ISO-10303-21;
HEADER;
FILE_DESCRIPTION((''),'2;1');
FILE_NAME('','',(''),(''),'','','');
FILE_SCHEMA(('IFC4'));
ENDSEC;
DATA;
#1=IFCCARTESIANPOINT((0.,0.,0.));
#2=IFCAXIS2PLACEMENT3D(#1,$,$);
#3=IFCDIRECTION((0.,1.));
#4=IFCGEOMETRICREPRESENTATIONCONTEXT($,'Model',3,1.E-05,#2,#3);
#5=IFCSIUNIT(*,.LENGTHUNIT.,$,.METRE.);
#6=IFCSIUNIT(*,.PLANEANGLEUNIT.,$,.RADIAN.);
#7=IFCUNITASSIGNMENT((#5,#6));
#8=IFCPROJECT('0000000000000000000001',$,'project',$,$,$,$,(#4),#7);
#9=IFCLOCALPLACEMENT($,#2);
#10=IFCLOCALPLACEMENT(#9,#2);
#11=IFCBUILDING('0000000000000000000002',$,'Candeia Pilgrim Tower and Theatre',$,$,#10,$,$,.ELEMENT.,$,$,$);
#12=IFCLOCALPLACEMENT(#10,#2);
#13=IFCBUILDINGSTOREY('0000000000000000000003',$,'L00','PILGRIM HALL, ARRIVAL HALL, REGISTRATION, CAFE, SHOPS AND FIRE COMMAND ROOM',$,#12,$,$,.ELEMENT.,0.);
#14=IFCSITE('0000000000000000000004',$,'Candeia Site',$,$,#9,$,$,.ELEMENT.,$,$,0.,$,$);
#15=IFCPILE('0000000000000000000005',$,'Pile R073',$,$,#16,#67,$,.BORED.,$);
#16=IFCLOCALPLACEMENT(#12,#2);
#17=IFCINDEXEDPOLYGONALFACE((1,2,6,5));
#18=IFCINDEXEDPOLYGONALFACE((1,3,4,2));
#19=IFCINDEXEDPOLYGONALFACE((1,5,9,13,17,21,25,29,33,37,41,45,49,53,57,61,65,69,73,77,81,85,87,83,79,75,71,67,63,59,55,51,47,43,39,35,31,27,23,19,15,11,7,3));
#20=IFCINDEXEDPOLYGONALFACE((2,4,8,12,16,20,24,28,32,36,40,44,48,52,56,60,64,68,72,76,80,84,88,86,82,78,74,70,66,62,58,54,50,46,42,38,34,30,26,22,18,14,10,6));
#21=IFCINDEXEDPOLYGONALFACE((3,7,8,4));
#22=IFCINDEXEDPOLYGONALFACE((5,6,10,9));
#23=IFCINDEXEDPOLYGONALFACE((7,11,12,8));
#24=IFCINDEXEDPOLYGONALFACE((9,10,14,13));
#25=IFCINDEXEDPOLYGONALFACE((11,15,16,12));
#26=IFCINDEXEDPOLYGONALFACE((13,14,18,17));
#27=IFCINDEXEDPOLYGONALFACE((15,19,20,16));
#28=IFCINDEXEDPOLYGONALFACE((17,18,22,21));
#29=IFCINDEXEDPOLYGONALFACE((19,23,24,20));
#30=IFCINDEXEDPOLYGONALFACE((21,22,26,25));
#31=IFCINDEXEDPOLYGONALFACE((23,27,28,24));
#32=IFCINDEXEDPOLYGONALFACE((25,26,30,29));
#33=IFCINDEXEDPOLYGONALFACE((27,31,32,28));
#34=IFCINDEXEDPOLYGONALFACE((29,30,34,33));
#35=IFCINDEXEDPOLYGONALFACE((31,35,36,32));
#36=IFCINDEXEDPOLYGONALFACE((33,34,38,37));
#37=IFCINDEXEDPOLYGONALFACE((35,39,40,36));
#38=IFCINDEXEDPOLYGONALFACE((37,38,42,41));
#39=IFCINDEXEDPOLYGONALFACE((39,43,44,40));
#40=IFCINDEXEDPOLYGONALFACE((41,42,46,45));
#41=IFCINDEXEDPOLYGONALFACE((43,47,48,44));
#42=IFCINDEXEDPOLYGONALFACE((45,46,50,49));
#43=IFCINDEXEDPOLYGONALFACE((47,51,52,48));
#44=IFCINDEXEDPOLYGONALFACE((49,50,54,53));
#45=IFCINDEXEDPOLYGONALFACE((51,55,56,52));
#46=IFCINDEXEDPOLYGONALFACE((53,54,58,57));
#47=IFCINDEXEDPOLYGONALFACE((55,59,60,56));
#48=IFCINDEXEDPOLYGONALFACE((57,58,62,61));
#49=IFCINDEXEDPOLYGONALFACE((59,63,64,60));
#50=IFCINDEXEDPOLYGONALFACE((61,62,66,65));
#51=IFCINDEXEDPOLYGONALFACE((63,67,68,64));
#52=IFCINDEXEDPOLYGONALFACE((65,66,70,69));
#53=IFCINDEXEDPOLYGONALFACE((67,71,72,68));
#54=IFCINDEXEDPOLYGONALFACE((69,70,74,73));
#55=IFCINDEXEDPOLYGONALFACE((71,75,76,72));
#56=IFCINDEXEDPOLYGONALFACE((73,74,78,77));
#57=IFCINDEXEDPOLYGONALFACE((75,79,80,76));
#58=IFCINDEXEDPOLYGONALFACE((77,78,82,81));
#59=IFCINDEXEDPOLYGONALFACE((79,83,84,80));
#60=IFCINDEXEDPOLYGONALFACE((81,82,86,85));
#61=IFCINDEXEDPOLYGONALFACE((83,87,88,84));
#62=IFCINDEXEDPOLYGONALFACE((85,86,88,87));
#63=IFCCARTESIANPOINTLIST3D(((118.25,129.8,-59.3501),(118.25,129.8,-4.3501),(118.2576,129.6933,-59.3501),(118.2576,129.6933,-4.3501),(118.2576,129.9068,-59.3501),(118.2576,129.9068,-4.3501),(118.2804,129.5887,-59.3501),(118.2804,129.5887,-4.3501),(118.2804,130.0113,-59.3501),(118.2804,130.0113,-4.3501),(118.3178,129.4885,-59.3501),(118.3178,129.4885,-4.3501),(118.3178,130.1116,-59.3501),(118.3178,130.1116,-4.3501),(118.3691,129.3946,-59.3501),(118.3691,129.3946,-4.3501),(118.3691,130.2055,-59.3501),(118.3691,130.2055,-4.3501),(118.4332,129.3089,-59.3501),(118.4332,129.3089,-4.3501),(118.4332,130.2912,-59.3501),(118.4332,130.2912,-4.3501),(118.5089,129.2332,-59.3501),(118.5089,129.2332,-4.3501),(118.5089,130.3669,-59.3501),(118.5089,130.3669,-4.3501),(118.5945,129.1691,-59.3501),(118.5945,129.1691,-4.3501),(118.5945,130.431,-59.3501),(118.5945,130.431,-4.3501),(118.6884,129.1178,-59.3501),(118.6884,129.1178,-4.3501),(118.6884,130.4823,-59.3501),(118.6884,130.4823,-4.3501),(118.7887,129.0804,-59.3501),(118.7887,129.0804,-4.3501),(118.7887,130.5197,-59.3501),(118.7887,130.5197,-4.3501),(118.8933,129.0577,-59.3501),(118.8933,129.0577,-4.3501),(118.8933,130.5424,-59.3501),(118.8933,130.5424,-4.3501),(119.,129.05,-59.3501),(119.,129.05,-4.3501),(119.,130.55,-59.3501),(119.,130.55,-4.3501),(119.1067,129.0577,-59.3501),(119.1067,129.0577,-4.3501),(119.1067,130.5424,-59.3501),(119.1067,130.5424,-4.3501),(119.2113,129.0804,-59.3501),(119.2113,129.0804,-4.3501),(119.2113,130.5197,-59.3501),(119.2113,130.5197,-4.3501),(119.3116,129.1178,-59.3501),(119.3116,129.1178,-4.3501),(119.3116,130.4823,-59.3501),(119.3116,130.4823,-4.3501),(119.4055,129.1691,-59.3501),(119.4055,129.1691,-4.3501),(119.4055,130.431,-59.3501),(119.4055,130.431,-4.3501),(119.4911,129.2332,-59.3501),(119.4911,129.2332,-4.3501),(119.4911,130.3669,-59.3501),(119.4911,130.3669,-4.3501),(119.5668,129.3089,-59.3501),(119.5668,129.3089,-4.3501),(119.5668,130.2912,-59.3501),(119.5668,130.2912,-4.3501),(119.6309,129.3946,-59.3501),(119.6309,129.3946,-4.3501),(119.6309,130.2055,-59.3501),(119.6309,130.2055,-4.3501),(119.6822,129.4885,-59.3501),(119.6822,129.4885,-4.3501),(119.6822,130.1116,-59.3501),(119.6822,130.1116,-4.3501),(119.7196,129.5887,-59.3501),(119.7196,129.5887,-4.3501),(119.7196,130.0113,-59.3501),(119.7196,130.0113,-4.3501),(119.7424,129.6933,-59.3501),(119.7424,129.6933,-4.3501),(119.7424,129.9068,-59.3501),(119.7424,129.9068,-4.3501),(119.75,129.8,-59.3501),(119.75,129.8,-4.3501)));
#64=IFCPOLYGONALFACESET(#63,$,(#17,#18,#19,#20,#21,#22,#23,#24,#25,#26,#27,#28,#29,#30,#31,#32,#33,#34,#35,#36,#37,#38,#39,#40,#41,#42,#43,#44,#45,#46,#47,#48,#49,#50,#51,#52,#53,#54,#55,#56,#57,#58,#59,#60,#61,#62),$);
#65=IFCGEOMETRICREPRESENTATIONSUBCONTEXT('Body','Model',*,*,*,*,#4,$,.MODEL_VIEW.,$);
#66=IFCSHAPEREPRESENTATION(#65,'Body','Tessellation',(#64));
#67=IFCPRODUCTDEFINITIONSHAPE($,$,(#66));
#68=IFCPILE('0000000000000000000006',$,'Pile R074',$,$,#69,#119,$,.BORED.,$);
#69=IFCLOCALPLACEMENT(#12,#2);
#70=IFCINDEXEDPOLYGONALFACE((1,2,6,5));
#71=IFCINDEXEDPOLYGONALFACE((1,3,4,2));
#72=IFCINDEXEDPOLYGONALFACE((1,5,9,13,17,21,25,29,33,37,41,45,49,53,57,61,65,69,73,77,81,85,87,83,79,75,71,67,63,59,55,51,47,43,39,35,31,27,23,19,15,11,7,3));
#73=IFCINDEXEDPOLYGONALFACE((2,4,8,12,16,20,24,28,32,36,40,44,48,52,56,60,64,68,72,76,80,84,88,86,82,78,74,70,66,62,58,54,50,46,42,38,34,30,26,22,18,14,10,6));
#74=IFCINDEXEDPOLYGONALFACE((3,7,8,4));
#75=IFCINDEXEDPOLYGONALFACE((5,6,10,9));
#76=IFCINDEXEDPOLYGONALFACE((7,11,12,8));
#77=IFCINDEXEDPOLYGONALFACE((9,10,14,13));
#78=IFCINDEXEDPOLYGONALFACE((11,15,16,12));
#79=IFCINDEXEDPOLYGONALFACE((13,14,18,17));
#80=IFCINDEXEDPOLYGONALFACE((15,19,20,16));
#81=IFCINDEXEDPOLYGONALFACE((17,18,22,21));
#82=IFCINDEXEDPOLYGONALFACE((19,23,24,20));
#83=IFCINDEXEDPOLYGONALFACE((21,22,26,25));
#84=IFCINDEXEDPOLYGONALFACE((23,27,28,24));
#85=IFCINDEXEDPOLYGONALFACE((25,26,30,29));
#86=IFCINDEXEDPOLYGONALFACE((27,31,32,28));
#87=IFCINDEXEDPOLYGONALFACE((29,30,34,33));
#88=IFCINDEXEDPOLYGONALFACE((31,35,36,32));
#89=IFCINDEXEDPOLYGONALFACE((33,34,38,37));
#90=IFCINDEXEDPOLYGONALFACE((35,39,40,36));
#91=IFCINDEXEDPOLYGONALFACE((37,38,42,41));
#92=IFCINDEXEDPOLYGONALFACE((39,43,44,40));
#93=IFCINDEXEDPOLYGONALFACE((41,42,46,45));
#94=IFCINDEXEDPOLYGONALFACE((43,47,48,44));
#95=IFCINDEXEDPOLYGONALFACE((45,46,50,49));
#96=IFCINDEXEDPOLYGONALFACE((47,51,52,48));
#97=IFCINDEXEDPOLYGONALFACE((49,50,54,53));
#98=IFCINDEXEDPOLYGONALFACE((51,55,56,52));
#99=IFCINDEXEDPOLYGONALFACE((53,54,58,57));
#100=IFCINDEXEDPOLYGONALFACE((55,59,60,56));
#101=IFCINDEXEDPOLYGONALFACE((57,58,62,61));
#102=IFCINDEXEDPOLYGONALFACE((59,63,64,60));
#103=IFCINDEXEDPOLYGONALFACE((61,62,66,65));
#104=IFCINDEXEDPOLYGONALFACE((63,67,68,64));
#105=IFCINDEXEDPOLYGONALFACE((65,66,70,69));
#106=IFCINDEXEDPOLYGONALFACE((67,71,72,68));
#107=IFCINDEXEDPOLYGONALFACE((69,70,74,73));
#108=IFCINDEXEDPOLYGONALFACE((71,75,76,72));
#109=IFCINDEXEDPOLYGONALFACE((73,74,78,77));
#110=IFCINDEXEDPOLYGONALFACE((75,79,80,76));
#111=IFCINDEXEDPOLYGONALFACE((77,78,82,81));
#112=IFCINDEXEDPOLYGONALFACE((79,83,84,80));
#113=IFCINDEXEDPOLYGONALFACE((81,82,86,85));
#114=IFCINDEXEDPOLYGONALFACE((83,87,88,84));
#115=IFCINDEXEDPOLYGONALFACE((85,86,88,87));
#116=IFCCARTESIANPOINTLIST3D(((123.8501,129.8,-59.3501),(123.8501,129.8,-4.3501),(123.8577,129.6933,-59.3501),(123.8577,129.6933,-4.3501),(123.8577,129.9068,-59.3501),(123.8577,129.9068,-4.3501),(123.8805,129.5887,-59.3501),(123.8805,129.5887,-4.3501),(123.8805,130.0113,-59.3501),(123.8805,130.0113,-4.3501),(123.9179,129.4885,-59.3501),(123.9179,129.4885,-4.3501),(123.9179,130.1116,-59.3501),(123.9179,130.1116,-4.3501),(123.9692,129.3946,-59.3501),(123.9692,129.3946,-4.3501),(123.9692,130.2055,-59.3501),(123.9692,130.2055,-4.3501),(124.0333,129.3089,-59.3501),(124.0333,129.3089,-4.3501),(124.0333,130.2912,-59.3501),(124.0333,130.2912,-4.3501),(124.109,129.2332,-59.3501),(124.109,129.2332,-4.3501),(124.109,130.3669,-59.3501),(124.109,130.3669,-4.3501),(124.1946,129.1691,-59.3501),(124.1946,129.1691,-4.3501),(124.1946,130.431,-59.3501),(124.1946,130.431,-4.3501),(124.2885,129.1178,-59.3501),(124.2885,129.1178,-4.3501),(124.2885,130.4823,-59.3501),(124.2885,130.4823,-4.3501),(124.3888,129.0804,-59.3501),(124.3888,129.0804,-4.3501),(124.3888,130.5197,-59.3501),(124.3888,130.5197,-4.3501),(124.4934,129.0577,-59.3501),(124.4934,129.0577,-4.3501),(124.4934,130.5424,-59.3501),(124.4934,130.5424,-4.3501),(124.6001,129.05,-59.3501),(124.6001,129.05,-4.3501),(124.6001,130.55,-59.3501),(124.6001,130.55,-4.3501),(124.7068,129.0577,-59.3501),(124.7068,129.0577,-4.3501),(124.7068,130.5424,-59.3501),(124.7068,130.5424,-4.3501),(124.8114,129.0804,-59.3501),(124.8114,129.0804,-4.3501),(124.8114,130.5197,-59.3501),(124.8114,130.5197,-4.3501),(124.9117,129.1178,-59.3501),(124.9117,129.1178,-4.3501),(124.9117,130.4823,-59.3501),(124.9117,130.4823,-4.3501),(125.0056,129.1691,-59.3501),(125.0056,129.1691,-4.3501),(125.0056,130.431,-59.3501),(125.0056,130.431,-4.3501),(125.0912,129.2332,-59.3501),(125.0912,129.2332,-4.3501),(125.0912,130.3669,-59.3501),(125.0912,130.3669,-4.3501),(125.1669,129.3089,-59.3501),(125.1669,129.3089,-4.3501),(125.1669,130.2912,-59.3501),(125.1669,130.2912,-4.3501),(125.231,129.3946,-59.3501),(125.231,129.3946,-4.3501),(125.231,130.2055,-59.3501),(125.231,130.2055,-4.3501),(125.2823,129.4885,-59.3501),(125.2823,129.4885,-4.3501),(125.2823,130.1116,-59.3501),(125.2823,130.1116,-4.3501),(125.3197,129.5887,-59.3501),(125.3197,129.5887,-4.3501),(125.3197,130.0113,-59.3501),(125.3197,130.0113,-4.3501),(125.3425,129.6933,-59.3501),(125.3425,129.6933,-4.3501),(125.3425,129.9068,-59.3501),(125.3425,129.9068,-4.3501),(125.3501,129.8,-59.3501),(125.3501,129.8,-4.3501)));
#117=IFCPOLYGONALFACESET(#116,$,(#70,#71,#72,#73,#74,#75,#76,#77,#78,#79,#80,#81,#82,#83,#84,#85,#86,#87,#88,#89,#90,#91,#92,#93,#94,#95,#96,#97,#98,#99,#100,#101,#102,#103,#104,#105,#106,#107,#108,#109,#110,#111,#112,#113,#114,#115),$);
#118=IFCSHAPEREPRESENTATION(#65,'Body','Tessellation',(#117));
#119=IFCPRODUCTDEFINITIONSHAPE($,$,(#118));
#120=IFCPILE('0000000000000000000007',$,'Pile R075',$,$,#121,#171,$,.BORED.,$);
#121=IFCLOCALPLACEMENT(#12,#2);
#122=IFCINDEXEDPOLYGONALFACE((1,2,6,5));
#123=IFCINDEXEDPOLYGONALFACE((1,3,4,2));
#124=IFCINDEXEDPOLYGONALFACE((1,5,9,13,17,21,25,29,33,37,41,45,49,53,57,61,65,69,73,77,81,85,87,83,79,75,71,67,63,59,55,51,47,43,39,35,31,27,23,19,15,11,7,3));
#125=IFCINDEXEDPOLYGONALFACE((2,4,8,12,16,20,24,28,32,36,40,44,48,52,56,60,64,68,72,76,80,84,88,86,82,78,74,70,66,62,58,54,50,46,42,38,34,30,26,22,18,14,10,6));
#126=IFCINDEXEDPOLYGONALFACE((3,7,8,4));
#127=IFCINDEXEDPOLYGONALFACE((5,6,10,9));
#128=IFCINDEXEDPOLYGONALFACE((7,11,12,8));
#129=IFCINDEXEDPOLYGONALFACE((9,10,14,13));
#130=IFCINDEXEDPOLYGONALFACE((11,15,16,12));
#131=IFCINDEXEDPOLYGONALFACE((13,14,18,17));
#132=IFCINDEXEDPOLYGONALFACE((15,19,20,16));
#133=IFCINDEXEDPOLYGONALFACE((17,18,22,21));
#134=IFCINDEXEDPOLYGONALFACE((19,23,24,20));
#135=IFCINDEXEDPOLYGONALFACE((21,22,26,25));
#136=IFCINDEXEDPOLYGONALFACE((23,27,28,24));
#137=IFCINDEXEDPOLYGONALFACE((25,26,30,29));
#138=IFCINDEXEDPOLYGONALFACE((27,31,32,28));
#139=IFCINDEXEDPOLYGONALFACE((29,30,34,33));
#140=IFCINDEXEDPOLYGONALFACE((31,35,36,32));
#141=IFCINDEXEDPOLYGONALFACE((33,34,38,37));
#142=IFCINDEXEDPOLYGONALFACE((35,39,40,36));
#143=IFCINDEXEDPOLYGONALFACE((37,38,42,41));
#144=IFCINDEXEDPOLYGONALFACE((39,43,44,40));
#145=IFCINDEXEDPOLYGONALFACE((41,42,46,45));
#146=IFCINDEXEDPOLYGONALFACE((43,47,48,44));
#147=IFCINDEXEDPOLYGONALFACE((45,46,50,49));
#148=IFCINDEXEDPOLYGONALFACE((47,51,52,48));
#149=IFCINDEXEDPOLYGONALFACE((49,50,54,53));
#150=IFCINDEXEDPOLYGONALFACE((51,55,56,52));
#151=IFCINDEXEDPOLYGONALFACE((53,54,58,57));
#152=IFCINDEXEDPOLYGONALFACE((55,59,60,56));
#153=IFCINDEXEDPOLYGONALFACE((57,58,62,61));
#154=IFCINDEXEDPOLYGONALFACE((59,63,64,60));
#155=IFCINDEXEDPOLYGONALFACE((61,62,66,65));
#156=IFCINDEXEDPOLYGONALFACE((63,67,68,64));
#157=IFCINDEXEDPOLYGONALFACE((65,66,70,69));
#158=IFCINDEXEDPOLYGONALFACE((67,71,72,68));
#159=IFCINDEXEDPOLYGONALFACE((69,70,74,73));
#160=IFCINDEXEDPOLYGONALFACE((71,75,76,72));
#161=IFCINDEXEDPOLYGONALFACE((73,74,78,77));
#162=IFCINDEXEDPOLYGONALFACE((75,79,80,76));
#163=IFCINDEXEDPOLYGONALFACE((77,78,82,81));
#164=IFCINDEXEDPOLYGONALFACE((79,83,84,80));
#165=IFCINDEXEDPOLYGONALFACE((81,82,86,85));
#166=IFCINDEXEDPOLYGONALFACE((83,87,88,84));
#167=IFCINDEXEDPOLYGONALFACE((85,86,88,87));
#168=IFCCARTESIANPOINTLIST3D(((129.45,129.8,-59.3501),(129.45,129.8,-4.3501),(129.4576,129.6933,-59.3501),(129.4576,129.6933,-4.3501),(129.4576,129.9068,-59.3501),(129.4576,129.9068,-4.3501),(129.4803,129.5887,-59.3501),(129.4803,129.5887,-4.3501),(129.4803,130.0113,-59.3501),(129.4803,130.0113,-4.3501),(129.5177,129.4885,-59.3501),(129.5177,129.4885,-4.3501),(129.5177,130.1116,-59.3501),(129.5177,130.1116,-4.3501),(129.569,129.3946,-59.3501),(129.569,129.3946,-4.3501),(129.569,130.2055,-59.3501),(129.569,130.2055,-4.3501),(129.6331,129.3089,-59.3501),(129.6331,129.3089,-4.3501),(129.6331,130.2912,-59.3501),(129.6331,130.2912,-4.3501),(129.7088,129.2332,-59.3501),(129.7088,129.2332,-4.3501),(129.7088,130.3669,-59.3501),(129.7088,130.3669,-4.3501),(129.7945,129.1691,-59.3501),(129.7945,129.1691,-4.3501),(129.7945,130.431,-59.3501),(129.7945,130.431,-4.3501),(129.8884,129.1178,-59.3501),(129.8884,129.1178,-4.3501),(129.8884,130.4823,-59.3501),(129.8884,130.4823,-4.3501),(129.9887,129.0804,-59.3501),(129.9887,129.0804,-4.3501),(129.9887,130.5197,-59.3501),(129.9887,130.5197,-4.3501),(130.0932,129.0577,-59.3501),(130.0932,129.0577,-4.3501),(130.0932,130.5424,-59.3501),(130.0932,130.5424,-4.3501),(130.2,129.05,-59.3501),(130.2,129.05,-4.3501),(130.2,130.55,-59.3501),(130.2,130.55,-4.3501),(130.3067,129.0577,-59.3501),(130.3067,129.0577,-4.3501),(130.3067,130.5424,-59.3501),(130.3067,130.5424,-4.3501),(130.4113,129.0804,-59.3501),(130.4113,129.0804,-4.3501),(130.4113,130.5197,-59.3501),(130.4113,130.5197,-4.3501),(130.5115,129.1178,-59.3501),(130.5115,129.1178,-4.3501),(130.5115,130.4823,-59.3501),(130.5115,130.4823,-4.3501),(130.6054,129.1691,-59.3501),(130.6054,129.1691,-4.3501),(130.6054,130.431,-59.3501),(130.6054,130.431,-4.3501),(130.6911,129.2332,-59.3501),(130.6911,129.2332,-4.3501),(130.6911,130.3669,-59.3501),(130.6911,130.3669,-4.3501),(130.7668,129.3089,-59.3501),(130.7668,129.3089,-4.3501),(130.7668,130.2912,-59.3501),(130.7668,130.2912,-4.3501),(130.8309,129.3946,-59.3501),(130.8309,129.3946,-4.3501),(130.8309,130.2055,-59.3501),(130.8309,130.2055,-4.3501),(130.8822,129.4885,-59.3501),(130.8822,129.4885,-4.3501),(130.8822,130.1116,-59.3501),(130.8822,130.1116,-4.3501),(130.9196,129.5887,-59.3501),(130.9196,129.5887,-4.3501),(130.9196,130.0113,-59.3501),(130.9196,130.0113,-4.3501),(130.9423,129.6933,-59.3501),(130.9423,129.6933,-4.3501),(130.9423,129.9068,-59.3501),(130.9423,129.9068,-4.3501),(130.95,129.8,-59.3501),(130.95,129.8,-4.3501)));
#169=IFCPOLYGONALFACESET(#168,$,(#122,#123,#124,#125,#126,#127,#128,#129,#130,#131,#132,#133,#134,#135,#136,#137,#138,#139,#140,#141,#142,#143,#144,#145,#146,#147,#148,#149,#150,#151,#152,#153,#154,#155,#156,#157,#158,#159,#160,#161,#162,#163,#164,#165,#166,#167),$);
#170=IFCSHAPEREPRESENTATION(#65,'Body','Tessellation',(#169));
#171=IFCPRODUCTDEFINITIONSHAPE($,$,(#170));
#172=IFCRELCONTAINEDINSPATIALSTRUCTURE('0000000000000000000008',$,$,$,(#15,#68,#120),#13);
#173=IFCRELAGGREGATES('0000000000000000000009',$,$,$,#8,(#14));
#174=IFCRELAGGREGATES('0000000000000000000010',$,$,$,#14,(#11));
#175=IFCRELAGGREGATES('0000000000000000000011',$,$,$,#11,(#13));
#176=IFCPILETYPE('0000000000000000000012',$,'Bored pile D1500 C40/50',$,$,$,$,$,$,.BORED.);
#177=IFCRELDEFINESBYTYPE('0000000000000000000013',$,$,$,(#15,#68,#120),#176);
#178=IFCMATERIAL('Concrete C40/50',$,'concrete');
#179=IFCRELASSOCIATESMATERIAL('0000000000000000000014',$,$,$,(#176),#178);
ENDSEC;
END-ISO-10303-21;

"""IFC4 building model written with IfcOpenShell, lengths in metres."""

from ifc_helpers import new_model, si_unit, direction, frame, origin, origin_2d, place, context, subcontext, project, spatial, circle, extrude, material, material_profile, profile_set, type_object, element, save


model = new_model("IFC4")

# Units and contexts
model_context = context("Model", 3, precision=1e-05, world=origin(), true_north=direction((0.0, 1.0)))
body_context = subcontext(model_context, "Body", "Model", "MODEL_VIEW")
ifc_project = project(units=[si_unit("LENGTHUNIT", "METRE"), si_unit("PLANEANGLEUNIT", "RADIAN")], contexts=[model_context])

# Site, building, storey
site_placement = place(None, origin())
site = spatial("IfcSite", under=ifc_project, at=site_placement, Name="Candeia Site", CompositionType="ELEMENT", RefElevation=0.0)
building_placement = place(site_placement, origin())
building = spatial("IfcBuilding", under=site, at=building_placement, Name="Candeia Pilgrim Tower and Theatre", CompositionType="ELEMENT")
storey_placement = place(building_placement, origin())
storey = spatial("IfcBuildingStorey", under=building, at=storey_placement, Name="L00", Description="PILGRIM HALL, ARRIVAL HALL, REGISTRATION, CAFE, SHOPS AND FIRE COMMAND ROOM", CompositionType="ELEMENT", Elevation=0.0)

# Piles
ifc_material_1 = material(Name="Concrete C40/50", Category="concrete")
ifc_material_profile_1 = material_profile(ifc_material_1, circle(Radius=0.75, at=origin_2d()))
ifc_profile_set_1 = profile_set([ifc_material_profile_1], Name="Concrete C40/50")
pile_type = type_object("IfcPileType", Name="Bored pile D1500 C40/50", PredefinedType="BORED", material=ifc_profile_set_1)
for number, where, z_axis, x_axis, name in (
    (1, (119.0, 129.8, -4.3501), (0.0, 0.0, -1.0), (1.0, 0.0, 0.0), "Pile R073"),
    (2, (124.6001, 129.8, -4.3501), (0.0, 0.0, -1.0), (1.0, 0.0, 0.0), "Pile R074"),
    (3, (130.2, 129.8, -4.3501), (0.0, 0.0, -1.0), (1.0, 0.0, 0.0), "Pile R075"),
):
    element("IfcPile", number, at=place(storey_placement, frame(where, z_axis=z_axis, x_axis=x_axis)), inside=storey, type_object=pile_type, Name=name, PredefinedType="BORED", context=body_context, shape_type="SweptSolid", body=[
        extrude(circle(Radius=0.75, at=origin_2d()), origin(), (0.0, 0.0, 1.0), 55.0),
    ])

save(model, "model.ifc")
